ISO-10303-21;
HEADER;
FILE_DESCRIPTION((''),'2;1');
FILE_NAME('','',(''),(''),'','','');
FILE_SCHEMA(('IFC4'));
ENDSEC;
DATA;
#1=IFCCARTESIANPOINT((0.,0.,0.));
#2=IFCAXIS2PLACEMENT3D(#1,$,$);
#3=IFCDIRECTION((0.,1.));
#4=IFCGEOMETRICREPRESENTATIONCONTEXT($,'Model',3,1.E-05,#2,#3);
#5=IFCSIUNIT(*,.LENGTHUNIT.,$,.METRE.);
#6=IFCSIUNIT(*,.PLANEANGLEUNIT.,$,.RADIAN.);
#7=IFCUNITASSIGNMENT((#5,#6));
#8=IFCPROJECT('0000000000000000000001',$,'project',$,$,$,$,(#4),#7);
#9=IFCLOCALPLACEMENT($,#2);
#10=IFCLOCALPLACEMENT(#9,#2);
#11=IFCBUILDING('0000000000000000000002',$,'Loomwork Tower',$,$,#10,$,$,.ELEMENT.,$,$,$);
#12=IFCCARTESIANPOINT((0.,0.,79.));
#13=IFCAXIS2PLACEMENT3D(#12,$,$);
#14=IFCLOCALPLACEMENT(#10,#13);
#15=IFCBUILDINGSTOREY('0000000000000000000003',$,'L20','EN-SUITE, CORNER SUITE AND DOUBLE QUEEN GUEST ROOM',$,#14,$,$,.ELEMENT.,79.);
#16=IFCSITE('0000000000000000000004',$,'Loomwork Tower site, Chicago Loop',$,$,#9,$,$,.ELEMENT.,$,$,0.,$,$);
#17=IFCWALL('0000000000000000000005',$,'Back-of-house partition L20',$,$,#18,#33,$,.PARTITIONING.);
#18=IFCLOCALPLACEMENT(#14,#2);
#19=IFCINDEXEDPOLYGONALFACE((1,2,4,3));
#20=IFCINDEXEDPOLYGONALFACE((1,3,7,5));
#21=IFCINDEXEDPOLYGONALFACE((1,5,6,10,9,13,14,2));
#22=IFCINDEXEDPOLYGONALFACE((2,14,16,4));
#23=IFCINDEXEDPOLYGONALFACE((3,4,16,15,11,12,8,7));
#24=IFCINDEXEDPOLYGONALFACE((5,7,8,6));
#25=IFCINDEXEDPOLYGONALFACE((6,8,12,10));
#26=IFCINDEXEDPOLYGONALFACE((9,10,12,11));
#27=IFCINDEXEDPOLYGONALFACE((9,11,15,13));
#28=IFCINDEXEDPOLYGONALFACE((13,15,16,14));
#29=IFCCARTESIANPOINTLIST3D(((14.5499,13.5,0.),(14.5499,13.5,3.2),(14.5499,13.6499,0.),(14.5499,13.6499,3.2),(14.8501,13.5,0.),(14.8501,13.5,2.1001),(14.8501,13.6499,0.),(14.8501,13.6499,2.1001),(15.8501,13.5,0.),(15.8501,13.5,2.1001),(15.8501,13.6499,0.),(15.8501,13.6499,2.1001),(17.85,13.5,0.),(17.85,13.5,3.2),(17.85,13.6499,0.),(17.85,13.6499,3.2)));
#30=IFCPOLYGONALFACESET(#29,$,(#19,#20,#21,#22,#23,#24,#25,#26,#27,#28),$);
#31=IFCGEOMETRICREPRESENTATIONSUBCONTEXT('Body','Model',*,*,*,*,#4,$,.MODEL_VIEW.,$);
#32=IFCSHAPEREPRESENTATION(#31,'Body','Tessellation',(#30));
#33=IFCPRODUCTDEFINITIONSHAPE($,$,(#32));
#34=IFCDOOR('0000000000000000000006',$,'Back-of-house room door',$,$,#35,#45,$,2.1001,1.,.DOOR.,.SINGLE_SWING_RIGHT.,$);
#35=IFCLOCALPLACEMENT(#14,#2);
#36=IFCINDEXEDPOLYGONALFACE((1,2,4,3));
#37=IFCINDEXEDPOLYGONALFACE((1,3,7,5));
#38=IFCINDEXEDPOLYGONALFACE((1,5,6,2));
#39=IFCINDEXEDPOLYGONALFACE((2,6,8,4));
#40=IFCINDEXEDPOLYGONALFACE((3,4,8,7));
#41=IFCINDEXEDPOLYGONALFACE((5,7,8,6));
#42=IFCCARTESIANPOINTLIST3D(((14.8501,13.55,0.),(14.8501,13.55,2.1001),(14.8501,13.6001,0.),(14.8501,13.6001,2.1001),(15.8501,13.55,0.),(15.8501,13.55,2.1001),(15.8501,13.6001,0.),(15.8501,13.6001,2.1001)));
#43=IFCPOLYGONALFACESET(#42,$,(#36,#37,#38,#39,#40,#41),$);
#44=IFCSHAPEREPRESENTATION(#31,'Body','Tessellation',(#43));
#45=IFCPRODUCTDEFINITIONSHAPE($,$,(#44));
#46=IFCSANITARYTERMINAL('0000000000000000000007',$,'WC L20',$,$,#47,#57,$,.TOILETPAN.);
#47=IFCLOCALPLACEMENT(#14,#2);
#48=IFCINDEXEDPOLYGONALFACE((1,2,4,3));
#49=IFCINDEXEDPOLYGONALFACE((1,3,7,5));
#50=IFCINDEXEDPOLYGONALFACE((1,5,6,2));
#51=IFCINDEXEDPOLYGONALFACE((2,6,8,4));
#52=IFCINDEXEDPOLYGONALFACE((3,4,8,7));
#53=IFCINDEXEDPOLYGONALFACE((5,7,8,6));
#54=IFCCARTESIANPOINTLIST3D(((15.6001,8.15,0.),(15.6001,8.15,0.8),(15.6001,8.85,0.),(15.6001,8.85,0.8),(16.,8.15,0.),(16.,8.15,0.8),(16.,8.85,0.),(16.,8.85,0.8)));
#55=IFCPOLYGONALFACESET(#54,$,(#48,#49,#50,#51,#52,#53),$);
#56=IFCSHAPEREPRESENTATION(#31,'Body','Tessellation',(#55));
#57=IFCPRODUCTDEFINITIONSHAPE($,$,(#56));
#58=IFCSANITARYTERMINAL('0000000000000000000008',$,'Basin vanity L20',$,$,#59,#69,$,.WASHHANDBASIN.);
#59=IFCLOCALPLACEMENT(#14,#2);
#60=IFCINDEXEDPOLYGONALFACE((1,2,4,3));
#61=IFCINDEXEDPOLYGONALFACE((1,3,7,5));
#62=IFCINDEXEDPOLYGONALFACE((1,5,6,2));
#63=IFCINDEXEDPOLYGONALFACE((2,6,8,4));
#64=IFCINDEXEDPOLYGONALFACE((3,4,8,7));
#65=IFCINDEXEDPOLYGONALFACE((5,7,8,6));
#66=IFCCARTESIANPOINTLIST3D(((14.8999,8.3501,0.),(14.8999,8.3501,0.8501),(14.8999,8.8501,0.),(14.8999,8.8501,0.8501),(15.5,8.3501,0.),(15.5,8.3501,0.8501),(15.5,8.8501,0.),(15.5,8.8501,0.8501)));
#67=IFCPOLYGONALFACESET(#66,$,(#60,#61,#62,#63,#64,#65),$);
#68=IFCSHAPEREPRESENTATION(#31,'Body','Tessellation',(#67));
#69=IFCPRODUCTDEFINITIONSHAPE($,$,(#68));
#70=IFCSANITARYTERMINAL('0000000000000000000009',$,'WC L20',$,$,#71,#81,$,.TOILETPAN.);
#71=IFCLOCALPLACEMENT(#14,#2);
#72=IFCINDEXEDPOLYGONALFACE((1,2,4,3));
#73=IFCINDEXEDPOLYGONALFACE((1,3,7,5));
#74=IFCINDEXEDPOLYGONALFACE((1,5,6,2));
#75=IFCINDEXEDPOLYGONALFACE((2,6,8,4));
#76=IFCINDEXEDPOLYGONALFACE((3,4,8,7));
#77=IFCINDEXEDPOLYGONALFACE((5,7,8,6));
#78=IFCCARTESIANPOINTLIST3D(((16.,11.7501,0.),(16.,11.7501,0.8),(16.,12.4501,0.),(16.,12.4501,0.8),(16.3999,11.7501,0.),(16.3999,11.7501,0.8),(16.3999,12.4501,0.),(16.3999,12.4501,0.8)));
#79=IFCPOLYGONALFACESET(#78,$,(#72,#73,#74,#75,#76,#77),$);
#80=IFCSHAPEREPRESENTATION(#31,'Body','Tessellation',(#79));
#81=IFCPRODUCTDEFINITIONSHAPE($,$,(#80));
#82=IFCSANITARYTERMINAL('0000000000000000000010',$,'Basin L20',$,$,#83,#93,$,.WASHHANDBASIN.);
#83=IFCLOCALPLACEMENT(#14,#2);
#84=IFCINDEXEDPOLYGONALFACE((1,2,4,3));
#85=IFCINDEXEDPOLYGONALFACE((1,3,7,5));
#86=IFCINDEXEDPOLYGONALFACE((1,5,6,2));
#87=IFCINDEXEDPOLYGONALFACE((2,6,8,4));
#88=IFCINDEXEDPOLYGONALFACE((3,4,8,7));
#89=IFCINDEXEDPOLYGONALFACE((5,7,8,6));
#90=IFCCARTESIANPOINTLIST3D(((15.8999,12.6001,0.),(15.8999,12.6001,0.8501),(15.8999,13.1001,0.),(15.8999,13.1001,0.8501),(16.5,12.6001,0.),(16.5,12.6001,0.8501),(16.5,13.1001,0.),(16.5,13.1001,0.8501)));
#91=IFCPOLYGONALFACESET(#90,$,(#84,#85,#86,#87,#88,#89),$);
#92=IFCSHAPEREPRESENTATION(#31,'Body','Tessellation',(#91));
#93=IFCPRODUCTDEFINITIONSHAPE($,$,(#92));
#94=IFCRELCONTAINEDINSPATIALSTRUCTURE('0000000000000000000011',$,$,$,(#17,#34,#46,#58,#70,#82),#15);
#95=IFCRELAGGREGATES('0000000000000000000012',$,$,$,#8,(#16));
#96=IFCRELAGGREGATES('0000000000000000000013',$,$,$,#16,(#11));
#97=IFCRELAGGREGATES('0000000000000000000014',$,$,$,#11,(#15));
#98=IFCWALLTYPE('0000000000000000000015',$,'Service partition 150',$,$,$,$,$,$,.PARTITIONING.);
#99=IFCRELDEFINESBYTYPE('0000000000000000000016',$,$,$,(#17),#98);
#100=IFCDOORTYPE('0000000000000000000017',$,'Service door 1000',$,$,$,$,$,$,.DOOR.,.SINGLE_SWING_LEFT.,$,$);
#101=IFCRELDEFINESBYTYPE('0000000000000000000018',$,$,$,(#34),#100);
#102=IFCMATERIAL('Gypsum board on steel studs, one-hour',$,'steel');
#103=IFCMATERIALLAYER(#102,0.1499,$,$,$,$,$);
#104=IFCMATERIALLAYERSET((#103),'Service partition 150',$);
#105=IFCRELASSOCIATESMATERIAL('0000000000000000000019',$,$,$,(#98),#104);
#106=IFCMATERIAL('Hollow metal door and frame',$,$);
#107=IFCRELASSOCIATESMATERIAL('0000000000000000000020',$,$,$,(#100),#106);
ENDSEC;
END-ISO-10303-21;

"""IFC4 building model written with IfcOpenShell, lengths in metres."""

from ifc_helpers import new_model, si_unit, direction, frame, frame_2d, origin, origin_2d, place, context, subcontext, project, spatial, rectangle, extrude, material, layer, layer_set, type_object, element, fill, save


model = new_model("IFC4")

# Units and contexts
model_context = context("Model", 3, precision=1e-05, world=origin(), true_north=direction((0.0, 1.0)))
body_context = subcontext(model_context, "Body", "Model", "MODEL_VIEW")
ifc_project = project(units=[si_unit("LENGTHUNIT", "METRE"), si_unit("PLANEANGLEUNIT", "RADIAN")], contexts=[model_context])

# Site, building, storey
site_placement = place(None, origin())
site = spatial("IfcSite", under=ifc_project, at=site_placement, Name="Loomwork Tower site, Chicago Loop", CompositionType="ELEMENT", RefElevation=0.0)
building_placement = place(site_placement, origin())
building = spatial("IfcBuilding", under=site, at=building_placement, Name="Loomwork Tower", CompositionType="ELEMENT")
storey_placement = place(building_placement, frame((0.0, 0.0, 79.0)))
storey = spatial("IfcBuildingStorey", under=building, at=storey_placement, Name="L20", Description="EN-SUITE, CORNER SUITE AND DOUBLE QUEEN GUEST ROOM", CompositionType="ELEMENT", Elevation=79.0)

# Wall, opening, door
ifc_material_1 = material(Name="Gypsum board on steel studs, one-hour", Category="steel")
ifc_layer_1 = layer(ifc_material_1, 0.1499)
ifc_layer_set_1 = layer_set([ifc_layer_1], Name="Service partition 150")
wall_type_1 = type_object("IfcWallType", Name="Service partition 150", PredefinedType="PARTITIONING", material=ifc_layer_set_1)
wall_1_placement = place(storey_placement, frame((14.55, 13.575, 0.0), z_axis=(0.0, 0.0, 1.0), x_axis=(1.0, 0.0, 0.0)))
wall_1 = element("IfcWall", 1, at=wall_1_placement, inside=storey, type_object=wall_type_1, Name="Back-of-house partition L20", PredefinedType="PARTITIONING", context=body_context, shape_type="SweptSolid", body=[
    extrude(rectangle(XDim=3.3, YDim=0.1499, at=frame_2d((1.6499, 0.0))), origin(), (0.0, 0.0, 1.0), 3.2),
])
opening_1_placement = place(wall_1_placement, frame((0.3, 0.0, 0.0)))
opening_1 = element("IfcOpeningElement", 2, at=opening_1_placement, cuts=wall_1, PredefinedType="OPENING", context=body_context, shape_type="SweptSolid", body=[
    extrude(rectangle(XDim=1.0, YDim=2.1001, at=frame_2d((0.5, 1.05))), frame((0.0, 0.085, 0.0), z_axis=(0.0, -1.0, 0.0), x_axis=(1.0, 0.0, 0.0)), (0.0, 0.0, 1.0), 0.1699),
])
ifc_material_2 = material(Name="Hollow metal door and frame")
door_type_1 = type_object("IfcDoorType", Name="Service door 1000", OperationType="SINGLE_SWING_LEFT", PredefinedType="DOOR", material=ifc_material_2)
door_1_placement = place(opening_1_placement, frame((1.0, 0.0, 0.0), z_axis=(0.0, 0.0, 1.0), x_axis=(-1.0, 0.0, 0.0)))
door_1 = element("IfcDoor", 3, at=door_1_placement, inside=storey, type_object=door_type_1, Name="Back-of-house room door", OperationType="SINGLE_SWING_RIGHT", OverallHeight=2.1001, OverallWidth=1.0, PredefinedType="DOOR", context=body_context, shape_type="SweptSolid", body=[
    extrude(rectangle(XDim=1.0, YDim=2.1001, at=frame_2d((0.5, 1.05))), frame((0.0, 0.0249, 0.0), z_axis=(0.0, -1.0, 0.0), x_axis=(1.0, 0.0, 0.0)), (0.0, 0.0, 1.0), 0.05),
])
fill(opening_1, door_1)

# Sanitary terminals
sanitary_terminal_1_placement = place(storey_placement, frame((15.8, 8.5, 0.0), z_axis=(0.0, 0.0, 1.0), x_axis=(1.0, 0.0, 0.0)))
element("IfcSanitaryTerminal", 4, at=sanitary_terminal_1_placement, inside=storey, Name="WC L20", PredefinedType="TOILETPAN", context=body_context, shape_type="SweptSolid", body=[
    extrude(rectangle(XDim=0.3999, YDim=0.7, at=origin_2d()), origin(), (0.0, 0.0, 1.0), 0.8),
])
sanitary_terminal_2_placement = place(storey_placement, frame((15.2, 8.6001, 0.0), z_axis=(0.0, 0.0, 1.0), x_axis=(1.0, 0.0, 0.0)))
element("IfcSanitaryTerminal", 5, at=sanitary_terminal_2_placement, inside=storey, Name="Basin vanity L20", PredefinedType="WASHHANDBASIN", context=body_context, shape_type="SweptSolid", body=[
    extrude(rectangle(XDim=0.6001, YDim=0.5, at=origin_2d()), origin(), (0.0, 0.0, 1.0), 0.8501),
])
sanitary_terminal_3_placement = place(storey_placement, frame((16.2, 12.1001, 0.0), z_axis=(0.0, 0.0, 1.0), x_axis=(1.0, 0.0, 0.0)))
element("IfcSanitaryTerminal", 6, at=sanitary_terminal_3_placement, inside=storey, Name="WC L20", PredefinedType="TOILETPAN", context=body_context, shape_type="SweptSolid", body=[
    extrude(rectangle(XDim=0.3999, YDim=0.7, at=origin_2d()), origin(), (0.0, 0.0, 1.0), 0.8),
])
sanitary_terminal_4_placement = place(storey_placement, frame((16.2, 12.8501, 0.0), z_axis=(0.0, 0.0, 1.0), x_axis=(1.0, 0.0, 0.0)))
element("IfcSanitaryTerminal", 7, at=sanitary_terminal_4_placement, inside=storey, Name="Basin L20", PredefinedType="WASHHANDBASIN", context=body_context, shape_type="SweptSolid", body=[
    extrude(rectangle(XDim=0.6001, YDim=0.5, at=origin_2d()), origin(), (0.0, 0.0, 1.0), 0.8501),
])

save(model, "model.ifc")
